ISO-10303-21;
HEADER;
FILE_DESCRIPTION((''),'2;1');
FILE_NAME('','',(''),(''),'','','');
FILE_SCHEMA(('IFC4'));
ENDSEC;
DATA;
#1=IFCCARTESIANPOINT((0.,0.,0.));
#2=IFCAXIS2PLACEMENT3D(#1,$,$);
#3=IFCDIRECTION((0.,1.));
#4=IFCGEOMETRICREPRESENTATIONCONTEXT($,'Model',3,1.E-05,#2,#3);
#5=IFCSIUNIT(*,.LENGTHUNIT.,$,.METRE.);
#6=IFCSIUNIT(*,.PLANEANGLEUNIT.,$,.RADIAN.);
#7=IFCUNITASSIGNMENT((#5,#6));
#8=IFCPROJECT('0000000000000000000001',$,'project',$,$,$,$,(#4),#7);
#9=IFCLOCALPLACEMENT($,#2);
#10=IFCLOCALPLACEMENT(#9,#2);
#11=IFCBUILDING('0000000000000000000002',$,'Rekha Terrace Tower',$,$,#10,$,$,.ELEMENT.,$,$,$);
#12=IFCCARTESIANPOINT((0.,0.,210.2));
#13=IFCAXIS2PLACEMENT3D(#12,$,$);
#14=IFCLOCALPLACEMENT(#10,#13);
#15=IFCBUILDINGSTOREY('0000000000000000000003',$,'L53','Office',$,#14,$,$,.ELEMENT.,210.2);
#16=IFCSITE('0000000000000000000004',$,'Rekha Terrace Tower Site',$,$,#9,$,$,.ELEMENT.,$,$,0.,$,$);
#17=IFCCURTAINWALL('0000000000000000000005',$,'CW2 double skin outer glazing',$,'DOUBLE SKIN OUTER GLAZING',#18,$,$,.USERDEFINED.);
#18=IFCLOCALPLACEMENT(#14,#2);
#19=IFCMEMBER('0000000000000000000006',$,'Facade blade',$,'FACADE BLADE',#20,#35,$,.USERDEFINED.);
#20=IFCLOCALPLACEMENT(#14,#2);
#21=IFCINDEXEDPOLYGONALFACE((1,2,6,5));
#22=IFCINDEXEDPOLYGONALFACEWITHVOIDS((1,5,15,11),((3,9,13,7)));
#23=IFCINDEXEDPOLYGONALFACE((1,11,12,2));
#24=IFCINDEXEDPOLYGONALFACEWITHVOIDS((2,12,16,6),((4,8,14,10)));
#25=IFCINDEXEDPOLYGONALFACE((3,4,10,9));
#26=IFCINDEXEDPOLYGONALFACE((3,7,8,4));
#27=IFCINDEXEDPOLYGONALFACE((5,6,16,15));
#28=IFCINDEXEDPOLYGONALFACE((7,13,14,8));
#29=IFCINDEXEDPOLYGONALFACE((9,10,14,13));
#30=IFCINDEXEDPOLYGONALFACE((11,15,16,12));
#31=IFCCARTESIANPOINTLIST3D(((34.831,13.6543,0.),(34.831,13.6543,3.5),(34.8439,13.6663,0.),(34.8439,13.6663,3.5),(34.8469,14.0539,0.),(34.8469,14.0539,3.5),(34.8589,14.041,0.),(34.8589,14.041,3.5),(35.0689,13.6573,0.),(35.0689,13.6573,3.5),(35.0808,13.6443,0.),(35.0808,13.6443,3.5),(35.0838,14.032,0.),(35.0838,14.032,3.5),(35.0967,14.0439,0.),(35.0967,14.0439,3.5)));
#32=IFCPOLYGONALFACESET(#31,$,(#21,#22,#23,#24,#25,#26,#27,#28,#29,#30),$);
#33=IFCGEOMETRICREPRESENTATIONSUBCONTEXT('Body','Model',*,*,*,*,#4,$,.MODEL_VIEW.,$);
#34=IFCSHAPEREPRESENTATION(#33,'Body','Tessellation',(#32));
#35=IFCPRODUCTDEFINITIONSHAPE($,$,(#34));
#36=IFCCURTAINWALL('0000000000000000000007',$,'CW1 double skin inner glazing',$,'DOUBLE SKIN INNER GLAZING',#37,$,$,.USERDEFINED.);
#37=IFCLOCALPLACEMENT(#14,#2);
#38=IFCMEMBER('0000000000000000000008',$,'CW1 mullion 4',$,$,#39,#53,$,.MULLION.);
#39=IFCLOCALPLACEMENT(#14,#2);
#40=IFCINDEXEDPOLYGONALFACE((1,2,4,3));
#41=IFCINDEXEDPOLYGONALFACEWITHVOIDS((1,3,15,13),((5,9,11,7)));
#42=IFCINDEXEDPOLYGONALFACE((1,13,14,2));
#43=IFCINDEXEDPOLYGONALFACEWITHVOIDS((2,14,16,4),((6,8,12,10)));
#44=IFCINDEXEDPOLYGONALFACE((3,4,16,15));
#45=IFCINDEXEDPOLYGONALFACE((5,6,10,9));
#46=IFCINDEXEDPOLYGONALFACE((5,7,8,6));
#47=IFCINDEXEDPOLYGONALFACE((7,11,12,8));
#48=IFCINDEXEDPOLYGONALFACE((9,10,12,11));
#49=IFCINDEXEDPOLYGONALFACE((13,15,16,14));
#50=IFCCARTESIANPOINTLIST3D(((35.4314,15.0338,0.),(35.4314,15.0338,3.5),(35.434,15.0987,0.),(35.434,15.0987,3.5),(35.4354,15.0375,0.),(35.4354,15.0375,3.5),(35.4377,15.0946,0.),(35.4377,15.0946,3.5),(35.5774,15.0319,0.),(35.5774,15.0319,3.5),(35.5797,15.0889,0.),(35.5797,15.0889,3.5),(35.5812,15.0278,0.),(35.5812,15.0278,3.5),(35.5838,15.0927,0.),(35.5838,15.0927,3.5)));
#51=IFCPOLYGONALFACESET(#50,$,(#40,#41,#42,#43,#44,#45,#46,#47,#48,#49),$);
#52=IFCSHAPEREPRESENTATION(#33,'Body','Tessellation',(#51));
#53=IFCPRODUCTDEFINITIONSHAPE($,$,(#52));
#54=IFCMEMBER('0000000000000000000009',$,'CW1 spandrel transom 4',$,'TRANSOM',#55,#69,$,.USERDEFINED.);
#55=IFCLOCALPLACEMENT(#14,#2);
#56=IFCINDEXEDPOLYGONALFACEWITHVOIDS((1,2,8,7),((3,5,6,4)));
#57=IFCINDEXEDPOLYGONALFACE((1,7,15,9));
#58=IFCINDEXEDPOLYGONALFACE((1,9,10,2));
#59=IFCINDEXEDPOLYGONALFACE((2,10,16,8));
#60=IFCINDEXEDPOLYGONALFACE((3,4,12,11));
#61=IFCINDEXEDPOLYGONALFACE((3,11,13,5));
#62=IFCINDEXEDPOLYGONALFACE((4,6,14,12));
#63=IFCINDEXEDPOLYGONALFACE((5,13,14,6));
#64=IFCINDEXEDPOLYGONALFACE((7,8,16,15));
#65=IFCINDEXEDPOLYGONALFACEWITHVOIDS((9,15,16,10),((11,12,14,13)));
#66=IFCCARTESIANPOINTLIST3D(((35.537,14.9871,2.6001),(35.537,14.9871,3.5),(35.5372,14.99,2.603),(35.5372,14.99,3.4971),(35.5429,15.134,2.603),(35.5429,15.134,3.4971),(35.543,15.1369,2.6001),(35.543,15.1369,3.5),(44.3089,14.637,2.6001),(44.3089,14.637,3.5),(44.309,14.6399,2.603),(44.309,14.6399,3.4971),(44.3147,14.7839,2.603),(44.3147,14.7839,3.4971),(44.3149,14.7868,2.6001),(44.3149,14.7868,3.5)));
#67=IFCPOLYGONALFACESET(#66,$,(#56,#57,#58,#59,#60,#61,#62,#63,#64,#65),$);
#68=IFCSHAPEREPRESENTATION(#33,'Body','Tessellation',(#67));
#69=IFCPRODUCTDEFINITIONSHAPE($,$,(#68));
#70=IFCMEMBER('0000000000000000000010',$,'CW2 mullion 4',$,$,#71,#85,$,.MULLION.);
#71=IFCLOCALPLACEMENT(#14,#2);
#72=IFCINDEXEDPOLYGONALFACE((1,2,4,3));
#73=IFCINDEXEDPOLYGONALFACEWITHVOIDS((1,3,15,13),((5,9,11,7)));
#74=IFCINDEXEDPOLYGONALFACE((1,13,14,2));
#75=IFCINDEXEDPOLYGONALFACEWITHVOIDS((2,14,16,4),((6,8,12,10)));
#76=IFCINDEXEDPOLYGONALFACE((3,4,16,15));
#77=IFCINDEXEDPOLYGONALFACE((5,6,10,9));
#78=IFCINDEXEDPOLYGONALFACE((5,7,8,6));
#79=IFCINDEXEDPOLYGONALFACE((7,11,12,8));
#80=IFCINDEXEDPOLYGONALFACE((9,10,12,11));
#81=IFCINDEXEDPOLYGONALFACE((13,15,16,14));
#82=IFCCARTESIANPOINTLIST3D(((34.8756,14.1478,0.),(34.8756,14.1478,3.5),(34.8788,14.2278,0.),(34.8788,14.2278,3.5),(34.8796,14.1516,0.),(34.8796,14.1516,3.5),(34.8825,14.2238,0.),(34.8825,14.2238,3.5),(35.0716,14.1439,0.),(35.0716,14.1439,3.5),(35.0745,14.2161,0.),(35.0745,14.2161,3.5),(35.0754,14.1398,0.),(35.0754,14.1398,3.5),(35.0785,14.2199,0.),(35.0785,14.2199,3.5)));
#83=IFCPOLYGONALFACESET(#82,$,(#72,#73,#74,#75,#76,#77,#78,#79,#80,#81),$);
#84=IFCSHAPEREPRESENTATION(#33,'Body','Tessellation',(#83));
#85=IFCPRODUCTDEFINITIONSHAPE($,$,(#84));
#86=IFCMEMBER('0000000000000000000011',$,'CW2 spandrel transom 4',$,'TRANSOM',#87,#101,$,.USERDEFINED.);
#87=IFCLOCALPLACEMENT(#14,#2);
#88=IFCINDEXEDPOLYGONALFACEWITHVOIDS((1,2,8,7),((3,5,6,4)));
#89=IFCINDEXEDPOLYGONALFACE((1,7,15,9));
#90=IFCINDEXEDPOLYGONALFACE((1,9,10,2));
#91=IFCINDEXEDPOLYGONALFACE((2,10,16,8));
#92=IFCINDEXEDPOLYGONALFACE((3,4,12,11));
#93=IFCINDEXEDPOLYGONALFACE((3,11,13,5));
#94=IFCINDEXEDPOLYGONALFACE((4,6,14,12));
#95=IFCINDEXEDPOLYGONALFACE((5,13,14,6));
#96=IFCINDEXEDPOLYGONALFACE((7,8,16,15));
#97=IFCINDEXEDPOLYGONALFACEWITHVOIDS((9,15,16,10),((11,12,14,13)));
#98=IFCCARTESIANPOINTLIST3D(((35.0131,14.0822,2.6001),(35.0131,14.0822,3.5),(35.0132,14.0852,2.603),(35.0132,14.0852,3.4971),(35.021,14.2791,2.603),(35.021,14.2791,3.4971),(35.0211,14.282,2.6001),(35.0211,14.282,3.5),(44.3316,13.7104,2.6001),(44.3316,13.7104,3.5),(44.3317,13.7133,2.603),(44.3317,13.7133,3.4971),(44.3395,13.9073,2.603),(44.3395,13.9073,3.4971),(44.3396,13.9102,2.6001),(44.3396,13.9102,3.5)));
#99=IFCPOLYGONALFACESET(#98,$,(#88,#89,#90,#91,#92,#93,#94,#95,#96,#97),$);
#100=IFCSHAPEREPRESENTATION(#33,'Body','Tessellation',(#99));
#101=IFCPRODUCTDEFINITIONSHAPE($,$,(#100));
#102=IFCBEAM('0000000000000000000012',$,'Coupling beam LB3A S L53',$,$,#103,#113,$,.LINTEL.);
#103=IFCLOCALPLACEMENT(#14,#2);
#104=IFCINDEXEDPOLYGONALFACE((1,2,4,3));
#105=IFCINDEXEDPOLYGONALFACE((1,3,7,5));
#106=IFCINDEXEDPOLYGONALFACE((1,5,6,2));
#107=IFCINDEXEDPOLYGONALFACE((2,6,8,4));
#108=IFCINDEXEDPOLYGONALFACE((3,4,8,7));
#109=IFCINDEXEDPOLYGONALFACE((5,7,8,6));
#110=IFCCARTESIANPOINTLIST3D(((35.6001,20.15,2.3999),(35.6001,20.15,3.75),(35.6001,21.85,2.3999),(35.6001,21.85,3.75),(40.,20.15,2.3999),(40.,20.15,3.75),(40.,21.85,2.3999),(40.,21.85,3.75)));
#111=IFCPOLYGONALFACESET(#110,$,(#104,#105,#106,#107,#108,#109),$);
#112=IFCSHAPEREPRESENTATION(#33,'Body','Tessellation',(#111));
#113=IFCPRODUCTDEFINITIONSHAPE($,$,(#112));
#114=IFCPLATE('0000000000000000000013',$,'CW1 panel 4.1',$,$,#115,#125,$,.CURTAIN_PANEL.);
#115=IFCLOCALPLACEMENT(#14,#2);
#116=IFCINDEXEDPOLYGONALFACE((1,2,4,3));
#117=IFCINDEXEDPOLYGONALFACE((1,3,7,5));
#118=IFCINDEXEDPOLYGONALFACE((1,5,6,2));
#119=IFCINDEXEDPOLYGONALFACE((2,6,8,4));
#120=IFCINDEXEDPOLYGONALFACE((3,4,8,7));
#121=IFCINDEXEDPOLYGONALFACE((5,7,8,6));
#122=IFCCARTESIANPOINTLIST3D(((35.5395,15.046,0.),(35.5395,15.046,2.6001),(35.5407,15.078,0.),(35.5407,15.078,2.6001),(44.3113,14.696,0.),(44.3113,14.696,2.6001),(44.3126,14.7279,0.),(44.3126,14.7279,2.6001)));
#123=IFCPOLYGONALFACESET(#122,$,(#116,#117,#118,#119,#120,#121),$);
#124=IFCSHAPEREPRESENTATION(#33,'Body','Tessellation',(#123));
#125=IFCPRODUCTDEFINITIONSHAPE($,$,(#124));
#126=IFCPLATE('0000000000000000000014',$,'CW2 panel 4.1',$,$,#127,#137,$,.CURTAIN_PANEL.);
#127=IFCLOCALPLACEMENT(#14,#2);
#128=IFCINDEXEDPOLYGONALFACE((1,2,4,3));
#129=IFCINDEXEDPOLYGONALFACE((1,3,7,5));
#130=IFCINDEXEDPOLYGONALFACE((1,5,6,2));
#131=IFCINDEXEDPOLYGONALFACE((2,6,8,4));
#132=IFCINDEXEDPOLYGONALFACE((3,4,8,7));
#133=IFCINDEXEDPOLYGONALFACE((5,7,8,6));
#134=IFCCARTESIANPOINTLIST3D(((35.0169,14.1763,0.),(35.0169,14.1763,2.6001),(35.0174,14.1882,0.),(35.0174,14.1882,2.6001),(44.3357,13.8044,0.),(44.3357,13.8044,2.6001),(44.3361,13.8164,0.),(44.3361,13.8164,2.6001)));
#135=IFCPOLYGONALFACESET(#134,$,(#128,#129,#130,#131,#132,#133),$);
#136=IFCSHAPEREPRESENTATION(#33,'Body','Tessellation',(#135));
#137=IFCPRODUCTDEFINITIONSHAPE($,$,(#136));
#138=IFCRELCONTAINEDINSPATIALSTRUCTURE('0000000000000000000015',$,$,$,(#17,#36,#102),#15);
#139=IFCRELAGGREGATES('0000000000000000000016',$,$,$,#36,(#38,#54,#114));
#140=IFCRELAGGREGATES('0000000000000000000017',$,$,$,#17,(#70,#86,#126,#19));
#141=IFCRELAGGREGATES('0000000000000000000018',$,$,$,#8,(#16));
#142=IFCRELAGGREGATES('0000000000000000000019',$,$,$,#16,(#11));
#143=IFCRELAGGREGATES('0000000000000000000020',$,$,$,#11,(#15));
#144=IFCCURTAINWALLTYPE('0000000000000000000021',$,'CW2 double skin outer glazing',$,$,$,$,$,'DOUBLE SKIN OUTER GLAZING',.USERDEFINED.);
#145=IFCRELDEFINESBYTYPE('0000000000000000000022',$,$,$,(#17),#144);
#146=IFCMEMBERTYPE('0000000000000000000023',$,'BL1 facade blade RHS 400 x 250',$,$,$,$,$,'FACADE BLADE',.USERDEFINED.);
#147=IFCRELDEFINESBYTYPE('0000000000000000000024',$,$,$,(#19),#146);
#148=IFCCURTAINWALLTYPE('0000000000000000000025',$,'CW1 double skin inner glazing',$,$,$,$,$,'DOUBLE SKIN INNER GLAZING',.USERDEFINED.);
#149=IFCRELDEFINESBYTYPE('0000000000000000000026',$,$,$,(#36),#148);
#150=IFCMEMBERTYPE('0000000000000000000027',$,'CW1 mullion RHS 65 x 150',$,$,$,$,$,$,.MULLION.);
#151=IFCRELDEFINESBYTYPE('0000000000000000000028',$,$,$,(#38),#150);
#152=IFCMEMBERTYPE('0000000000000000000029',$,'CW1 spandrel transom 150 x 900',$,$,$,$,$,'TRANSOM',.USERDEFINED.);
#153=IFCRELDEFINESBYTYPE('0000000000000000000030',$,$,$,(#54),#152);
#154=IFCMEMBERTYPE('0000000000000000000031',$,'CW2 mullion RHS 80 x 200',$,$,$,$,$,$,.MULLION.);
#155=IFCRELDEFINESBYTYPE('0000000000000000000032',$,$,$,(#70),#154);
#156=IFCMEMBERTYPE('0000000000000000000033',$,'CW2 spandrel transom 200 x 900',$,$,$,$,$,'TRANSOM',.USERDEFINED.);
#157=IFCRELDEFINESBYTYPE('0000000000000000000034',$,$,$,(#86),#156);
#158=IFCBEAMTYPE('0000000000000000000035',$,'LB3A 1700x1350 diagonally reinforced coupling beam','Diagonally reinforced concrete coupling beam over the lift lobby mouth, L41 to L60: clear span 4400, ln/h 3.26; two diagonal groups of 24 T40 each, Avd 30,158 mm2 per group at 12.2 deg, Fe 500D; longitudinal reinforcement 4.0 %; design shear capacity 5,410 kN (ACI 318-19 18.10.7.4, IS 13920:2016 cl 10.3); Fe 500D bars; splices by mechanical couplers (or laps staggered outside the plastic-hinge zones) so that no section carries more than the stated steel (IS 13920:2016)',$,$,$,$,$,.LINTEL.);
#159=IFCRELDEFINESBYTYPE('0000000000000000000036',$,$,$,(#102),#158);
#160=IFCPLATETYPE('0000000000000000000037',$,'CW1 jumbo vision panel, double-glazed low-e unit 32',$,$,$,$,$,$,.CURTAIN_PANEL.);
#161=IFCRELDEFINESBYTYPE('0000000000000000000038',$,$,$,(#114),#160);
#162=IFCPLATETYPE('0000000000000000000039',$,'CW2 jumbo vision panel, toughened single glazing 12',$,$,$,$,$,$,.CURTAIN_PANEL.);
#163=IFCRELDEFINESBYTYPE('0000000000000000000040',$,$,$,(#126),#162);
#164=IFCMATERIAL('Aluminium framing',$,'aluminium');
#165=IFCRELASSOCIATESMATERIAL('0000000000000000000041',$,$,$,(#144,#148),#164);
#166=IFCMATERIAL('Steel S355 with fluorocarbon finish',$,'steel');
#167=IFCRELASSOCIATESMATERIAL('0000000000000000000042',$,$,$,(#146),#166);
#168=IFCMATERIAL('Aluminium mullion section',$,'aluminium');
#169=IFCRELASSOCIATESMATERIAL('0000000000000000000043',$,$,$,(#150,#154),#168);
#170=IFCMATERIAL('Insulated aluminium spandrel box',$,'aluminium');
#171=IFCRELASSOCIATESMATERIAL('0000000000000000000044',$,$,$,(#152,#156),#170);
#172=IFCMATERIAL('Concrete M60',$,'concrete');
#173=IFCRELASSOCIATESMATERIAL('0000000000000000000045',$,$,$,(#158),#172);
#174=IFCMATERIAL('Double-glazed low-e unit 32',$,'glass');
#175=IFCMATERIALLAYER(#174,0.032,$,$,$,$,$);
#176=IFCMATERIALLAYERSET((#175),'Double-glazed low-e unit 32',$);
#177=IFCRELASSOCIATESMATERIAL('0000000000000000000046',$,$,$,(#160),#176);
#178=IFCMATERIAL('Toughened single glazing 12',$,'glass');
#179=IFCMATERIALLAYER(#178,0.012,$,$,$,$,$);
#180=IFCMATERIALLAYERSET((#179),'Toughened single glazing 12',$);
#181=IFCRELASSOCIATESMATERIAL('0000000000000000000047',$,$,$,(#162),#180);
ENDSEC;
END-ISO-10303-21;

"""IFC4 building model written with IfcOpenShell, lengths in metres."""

from ifc_helpers import new_model, si_unit, direction, frame, origin, origin_2d, place, context, subcontext, project, spatial, rectangle, hollow_rectangle, extrude, material, layer, layer_set, material_profile, profile_set, type_object, element, aggregate, save


model = new_model("IFC4")

# Units and contexts
model_context = context("Model", 3, precision=1e-05, world=origin(), true_north=direction((0.0, 1.0)))
body_context = subcontext(model_context, "Body", "Model", "MODEL_VIEW")
ifc_project = project(units=[si_unit("LENGTHUNIT", "METRE"), si_unit("PLANEANGLEUNIT", "RADIAN")], contexts=[model_context])

# Site, building, storey
site_placement = place(None, origin())
site = spatial("IfcSite", under=ifc_project, at=site_placement, Name="Rekha Terrace Tower Site", CompositionType="ELEMENT", RefElevation=0.0)
building_placement = place(site_placement, origin())
building = spatial("IfcBuilding", under=site, at=building_placement, Name="Rekha Terrace Tower", CompositionType="ELEMENT")
storey_placement = place(building_placement, frame((0.0, 0.0, 210.2)))
storey = spatial("IfcBuildingStorey", under=building, at=storey_placement, Name="L53", Description="Office", CompositionType="ELEMENT", Elevation=210.2)

# Curtain wall, member
ifc_material_1 = material(Name="Aluminium framing", Category="aluminium")
curtain_wall_type_1 = type_object("IfcCurtainWallType", Name="CW2 double skin outer glazing", ElementType="DOUBLE SKIN OUTER GLAZING", PredefinedType="USERDEFINED", material=ifc_material_1)
curtain_wall_1_placement = place(storey_placement, origin())
curtain_wall_1 = element("IfcCurtainWall", 1, at=curtain_wall_1_placement, inside=storey, type_object=curtain_wall_type_1, Name="CW2 double skin outer glazing", ObjectType="DOUBLE SKIN OUTER GLAZING", PredefinedType="USERDEFINED")
ifc_material_2 = material(Name="Steel S355 with fluorocarbon finish", Category="steel")
ifc_material_profile_1 = material_profile(ifc_material_2, hollow_rectangle(XDim=0.25, YDim=0.3999, WallThickness=0.0125, at=origin_2d()), Name="RHS400x250x12.5")
ifc_profile_set_1 = profile_set([ifc_material_profile_1], Name="Steel S355 with fluorocarbon finish")
member_type_1 = type_object("IfcMemberType", Name="BL1 facade blade RHS 400 x 250", ElementType="FACADE BLADE", PredefinedType="USERDEFINED", material=ifc_profile_set_1)
member_1_placement = place(storey_placement, frame((34.9639, 13.8491, 0.0), z_axis=(0.0, 0.0, 1.0), x_axis=(0.999205, -0.039872, 0.0)))
member_1 = element("IfcMember", 2, at=member_1_placement, type_object=member_type_1, Name="Facade blade", ObjectType="FACADE BLADE", PredefinedType="USERDEFINED", context=body_context, shape_type="SweptSolid", body=[
    extrude(hollow_rectangle(XDim=0.25, YDim=0.3999, WallThickness=0.0125, at=origin_2d()), origin(), (0.0, 0.0, 1.0), 3.5),
])

# Curtain wall, members
curtain_wall_type_2 = type_object("IfcCurtainWallType", Name="CW1 double skin inner glazing", ElementType="DOUBLE SKIN INNER GLAZING", PredefinedType="USERDEFINED", material=ifc_material_1)
curtain_wall_2_placement = place(storey_placement, origin())
curtain_wall_2 = element("IfcCurtainWall", 3, at=curtain_wall_2_placement, inside=storey, type_object=curtain_wall_type_2, Name="CW1 double skin inner glazing", ObjectType="DOUBLE SKIN INNER GLAZING", PredefinedType="USERDEFINED")
ifc_material_3 = material(Name="Aluminium mullion section", Category="aluminium")
ifc_material_profile_2 = material_profile(ifc_material_3, hollow_rectangle(XDim=0.0649, YDim=0.1499, WallThickness=0.0039, at=origin_2d()), Name="AL RHS 65x150")
ifc_profile_set_2 = profile_set([ifc_material_profile_2], Name="Aluminium mullion section")
member_type_2 = type_object("IfcMemberType", Name="CW1 mullion RHS 65 x 150", PredefinedType="MULLION", material=ifc_profile_set_2)
member_2_placement = place(storey_placement, frame((35.5076, 15.0632, 0.0), z_axis=(0.0, 0.0, 1.0), x_axis=(0.039872, 0.999205, 0.0)))
member_2 = element("IfcMember", 4, at=member_2_placement, type_object=member_type_2, Name="CW1 mullion 4", PredefinedType="MULLION", context=body_context, shape_type="SweptSolid", body=[
    extrude(hollow_rectangle(XDim=0.0649, YDim=0.1499, WallThickness=0.0039, at=origin_2d()), origin(), (0.0, 0.0, 1.0), 3.5),
])
ifc_material_4 = material(Name="Insulated aluminium spandrel box", Category="aluminium")
ifc_material_profile_3 = material_profile(ifc_material_4, hollow_rectangle(XDim=0.1499, YDim=0.8999, WallThickness=0.0029, at=origin_2d()), Name="AL SPANDREL BOX 150x900")
ifc_profile_set_3 = profile_set([ifc_material_profile_3], Name="Insulated aluminium spandrel box")
member_type_3 = type_object("IfcMemberType", Name="CW1 spandrel transom 150 x 900", ElementType="TRANSOM", PredefinedType="USERDEFINED", material=ifc_profile_set_3)
member_3_placement = place(storey_placement, frame((35.54, 15.062, 3.05), z_axis=(0.999204, -0.03988, 0.0), x_axis=(0.03988, 0.999204, 0.0)))
member_3 = element("IfcMember", 5, at=member_3_placement, type_object=member_type_3, Name="CW1 spandrel transom 4", ObjectType="TRANSOM", PredefinedType="USERDEFINED", context=body_context, shape_type="SweptSolid", body=[
    extrude(hollow_rectangle(XDim=0.1499, YDim=0.8999, WallThickness=0.0029, at=origin_2d()), origin(), (0.0, 0.0, 1.0), 8.7788),
])

# Members
ifc_material_profile_4 = material_profile(ifc_material_3, hollow_rectangle(XDim=0.0801, YDim=0.2, WallThickness=0.0039, at=origin_2d()), Name="AL RHS 80x200")
ifc_profile_set_4 = profile_set([ifc_material_profile_4], Name="Aluminium mullion section")
member_type_4 = type_object("IfcMemberType", Name="CW2 mullion RHS 80 x 200", PredefinedType="MULLION", material=ifc_profile_set_4)
member_4_placement = place(storey_placement, frame((34.9771, 14.1838, 0.0), z_axis=(0.0, 0.0, 1.0), x_axis=(0.039872, 0.999205, 0.0)))
member_4 = element("IfcMember", 6, at=member_4_placement, type_object=member_type_4, Name="CW2 mullion 4", PredefinedType="MULLION", context=body_context, shape_type="SweptSolid", body=[
    extrude(hollow_rectangle(XDim=0.0801, YDim=0.2, WallThickness=0.0039, at=origin_2d()), origin(), (0.0, 0.0, 1.0), 3.5),
])
ifc_material_profile_5 = material_profile(ifc_material_4, hollow_rectangle(XDim=0.2, YDim=0.8999, WallThickness=0.0029, at=origin_2d()), Name="AL SPANDREL BOX 200x900")
ifc_profile_set_5 = profile_set([ifc_material_profile_5], Name="Insulated aluminium spandrel box")
member_type_5 = type_object("IfcMemberType", Name="CW2 spandrel transom 200 x 900", ElementType="TRANSOM", PredefinedType="USERDEFINED", material=ifc_profile_set_5)
member_5_placement = place(storey_placement, frame((35.0171, 14.1821, 3.05), z_axis=(0.999205, -0.03987, 0.0), x_axis=(0.03987, 0.999205, 0.0)))
member_5 = element("IfcMember", 7, at=member_5_placement, type_object=member_type_5, Name="CW2 spandrel transom 4", ObjectType="TRANSOM", PredefinedType="USERDEFINED", context=body_context, shape_type="SweptSolid", body=[
    extrude(hollow_rectangle(XDim=0.2, YDim=0.8999, WallThickness=0.0029, at=origin_2d()), origin(), (0.0, 0.0, 1.0), 9.3259),
])

# Beam
ifc_material_5 = material(Name="Concrete M60", Category="concrete")
ifc_material_profile_6 = material_profile(ifc_material_5, rectangle(XDim=1.7, YDim=1.3501, at=origin_2d()), Name="RC 1700x1350")
ifc_profile_set_6 = profile_set([ifc_material_profile_6], Name="Concrete M60")
beam_type = type_object("IfcBeamType", Name="LB3A 1700x1350 diagonally reinforced coupling beam", Description="Diagonally reinforced concrete coupling beam over the lift lobby mouth, L41 to L60: clear span 4400, ln/h 3.26; two diagonal groups of 24 T40 each, Avd 30,158 mm2 per group at 12.2 deg, Fe 500D; longitudinal reinforcement 4.0 %; design shear capacity 5,410 kN (ACI 318-19 18.10.7.4, IS 13920:2016 cl 10.3); Fe 500D bars; splices by mechanical couplers (or laps staggered outside the plastic-hinge zones) so that no section carries more than the stated steel (IS 13920:2016)", PredefinedType="LINTEL", material=ifc_profile_set_6)
beam_placement = place(storey_placement, frame((35.6001, 21.0, 3.075), z_axis=(1.0, 0.0, 0.0), x_axis=(0.0, 1.0, 0.0)))
element("IfcBeam", 8, at=beam_placement, inside=storey, type_object=beam_type, Name="Coupling beam LB3A S L53", PredefinedType="LINTEL", context=body_context, shape_type="SweptSolid", body=[
    extrude(rectangle(XDim=1.7, YDim=1.3501, at=origin_2d()), origin(), (0.0, 0.0, 1.0), 4.3999),
])

# Plates
ifc_material_6 = material(Name="Double-glazed low-e unit 32", Category="glass")
ifc_layer_1 = layer(ifc_material_6, 0.032)
ifc_layer_set_1 = layer_set([ifc_layer_1], Name="Double-glazed low-e unit 32")
plate_type_1 = type_object("IfcPlateType", Name="CW1 jumbo vision panel, double-glazed low-e unit 32", PredefinedType="CURTAIN_PANEL", material=ifc_layer_set_1)
plate_1_placement = place(storey_placement, frame((39.926, 14.887, 0.0), z_axis=(0.0, 0.0, 1.0), x_axis=(0.999205, -0.039872, 0.0)))
plate_1 = element("IfcPlate", 9, at=plate_1_placement, type_object=plate_type_1, Name="CW1 panel 4.1", PredefinedType="CURTAIN_PANEL", context=body_context, shape_type="SweptSolid", body=[
    extrude(rectangle(XDim=8.7788, YDim=0.032, at=origin_2d()), origin(), (0.0, 0.0, 1.0), 2.6001),
])
aggregate(curtain_wall_2, [member_2, member_3, plate_1])
ifc_material_7 = material(Name="Toughened single glazing 12", Category="glass")
ifc_layer_2 = layer(ifc_material_7, 0.012)
ifc_layer_set_2 = layer_set([ifc_layer_2], Name="Toughened single glazing 12")
plate_type_2 = type_object("IfcPlateType", Name="CW2 jumbo vision panel, toughened single glazing 12", PredefinedType="CURTAIN_PANEL", material=ifc_layer_set_2)
plate_2_placement = place(storey_placement, frame((39.6765, 13.9963, 0.0), z_axis=(0.0, 0.0, 1.0), x_axis=(0.999205, -0.039872, 0.0)))
plate_2 = element("IfcPlate", 10, at=plate_2_placement, type_object=plate_type_2, Name="CW2 panel 4.1", PredefinedType="CURTAIN_PANEL", context=body_context, shape_type="SweptSolid", body=[
    extrude(rectangle(XDim=9.3262, YDim=0.012, at=origin_2d()), origin(), (0.0, 0.0, 1.0), 2.6001),
])
aggregate(curtain_wall_1, [member_4, member_5, plate_2, member_1])

save(model, "model.ifc")
